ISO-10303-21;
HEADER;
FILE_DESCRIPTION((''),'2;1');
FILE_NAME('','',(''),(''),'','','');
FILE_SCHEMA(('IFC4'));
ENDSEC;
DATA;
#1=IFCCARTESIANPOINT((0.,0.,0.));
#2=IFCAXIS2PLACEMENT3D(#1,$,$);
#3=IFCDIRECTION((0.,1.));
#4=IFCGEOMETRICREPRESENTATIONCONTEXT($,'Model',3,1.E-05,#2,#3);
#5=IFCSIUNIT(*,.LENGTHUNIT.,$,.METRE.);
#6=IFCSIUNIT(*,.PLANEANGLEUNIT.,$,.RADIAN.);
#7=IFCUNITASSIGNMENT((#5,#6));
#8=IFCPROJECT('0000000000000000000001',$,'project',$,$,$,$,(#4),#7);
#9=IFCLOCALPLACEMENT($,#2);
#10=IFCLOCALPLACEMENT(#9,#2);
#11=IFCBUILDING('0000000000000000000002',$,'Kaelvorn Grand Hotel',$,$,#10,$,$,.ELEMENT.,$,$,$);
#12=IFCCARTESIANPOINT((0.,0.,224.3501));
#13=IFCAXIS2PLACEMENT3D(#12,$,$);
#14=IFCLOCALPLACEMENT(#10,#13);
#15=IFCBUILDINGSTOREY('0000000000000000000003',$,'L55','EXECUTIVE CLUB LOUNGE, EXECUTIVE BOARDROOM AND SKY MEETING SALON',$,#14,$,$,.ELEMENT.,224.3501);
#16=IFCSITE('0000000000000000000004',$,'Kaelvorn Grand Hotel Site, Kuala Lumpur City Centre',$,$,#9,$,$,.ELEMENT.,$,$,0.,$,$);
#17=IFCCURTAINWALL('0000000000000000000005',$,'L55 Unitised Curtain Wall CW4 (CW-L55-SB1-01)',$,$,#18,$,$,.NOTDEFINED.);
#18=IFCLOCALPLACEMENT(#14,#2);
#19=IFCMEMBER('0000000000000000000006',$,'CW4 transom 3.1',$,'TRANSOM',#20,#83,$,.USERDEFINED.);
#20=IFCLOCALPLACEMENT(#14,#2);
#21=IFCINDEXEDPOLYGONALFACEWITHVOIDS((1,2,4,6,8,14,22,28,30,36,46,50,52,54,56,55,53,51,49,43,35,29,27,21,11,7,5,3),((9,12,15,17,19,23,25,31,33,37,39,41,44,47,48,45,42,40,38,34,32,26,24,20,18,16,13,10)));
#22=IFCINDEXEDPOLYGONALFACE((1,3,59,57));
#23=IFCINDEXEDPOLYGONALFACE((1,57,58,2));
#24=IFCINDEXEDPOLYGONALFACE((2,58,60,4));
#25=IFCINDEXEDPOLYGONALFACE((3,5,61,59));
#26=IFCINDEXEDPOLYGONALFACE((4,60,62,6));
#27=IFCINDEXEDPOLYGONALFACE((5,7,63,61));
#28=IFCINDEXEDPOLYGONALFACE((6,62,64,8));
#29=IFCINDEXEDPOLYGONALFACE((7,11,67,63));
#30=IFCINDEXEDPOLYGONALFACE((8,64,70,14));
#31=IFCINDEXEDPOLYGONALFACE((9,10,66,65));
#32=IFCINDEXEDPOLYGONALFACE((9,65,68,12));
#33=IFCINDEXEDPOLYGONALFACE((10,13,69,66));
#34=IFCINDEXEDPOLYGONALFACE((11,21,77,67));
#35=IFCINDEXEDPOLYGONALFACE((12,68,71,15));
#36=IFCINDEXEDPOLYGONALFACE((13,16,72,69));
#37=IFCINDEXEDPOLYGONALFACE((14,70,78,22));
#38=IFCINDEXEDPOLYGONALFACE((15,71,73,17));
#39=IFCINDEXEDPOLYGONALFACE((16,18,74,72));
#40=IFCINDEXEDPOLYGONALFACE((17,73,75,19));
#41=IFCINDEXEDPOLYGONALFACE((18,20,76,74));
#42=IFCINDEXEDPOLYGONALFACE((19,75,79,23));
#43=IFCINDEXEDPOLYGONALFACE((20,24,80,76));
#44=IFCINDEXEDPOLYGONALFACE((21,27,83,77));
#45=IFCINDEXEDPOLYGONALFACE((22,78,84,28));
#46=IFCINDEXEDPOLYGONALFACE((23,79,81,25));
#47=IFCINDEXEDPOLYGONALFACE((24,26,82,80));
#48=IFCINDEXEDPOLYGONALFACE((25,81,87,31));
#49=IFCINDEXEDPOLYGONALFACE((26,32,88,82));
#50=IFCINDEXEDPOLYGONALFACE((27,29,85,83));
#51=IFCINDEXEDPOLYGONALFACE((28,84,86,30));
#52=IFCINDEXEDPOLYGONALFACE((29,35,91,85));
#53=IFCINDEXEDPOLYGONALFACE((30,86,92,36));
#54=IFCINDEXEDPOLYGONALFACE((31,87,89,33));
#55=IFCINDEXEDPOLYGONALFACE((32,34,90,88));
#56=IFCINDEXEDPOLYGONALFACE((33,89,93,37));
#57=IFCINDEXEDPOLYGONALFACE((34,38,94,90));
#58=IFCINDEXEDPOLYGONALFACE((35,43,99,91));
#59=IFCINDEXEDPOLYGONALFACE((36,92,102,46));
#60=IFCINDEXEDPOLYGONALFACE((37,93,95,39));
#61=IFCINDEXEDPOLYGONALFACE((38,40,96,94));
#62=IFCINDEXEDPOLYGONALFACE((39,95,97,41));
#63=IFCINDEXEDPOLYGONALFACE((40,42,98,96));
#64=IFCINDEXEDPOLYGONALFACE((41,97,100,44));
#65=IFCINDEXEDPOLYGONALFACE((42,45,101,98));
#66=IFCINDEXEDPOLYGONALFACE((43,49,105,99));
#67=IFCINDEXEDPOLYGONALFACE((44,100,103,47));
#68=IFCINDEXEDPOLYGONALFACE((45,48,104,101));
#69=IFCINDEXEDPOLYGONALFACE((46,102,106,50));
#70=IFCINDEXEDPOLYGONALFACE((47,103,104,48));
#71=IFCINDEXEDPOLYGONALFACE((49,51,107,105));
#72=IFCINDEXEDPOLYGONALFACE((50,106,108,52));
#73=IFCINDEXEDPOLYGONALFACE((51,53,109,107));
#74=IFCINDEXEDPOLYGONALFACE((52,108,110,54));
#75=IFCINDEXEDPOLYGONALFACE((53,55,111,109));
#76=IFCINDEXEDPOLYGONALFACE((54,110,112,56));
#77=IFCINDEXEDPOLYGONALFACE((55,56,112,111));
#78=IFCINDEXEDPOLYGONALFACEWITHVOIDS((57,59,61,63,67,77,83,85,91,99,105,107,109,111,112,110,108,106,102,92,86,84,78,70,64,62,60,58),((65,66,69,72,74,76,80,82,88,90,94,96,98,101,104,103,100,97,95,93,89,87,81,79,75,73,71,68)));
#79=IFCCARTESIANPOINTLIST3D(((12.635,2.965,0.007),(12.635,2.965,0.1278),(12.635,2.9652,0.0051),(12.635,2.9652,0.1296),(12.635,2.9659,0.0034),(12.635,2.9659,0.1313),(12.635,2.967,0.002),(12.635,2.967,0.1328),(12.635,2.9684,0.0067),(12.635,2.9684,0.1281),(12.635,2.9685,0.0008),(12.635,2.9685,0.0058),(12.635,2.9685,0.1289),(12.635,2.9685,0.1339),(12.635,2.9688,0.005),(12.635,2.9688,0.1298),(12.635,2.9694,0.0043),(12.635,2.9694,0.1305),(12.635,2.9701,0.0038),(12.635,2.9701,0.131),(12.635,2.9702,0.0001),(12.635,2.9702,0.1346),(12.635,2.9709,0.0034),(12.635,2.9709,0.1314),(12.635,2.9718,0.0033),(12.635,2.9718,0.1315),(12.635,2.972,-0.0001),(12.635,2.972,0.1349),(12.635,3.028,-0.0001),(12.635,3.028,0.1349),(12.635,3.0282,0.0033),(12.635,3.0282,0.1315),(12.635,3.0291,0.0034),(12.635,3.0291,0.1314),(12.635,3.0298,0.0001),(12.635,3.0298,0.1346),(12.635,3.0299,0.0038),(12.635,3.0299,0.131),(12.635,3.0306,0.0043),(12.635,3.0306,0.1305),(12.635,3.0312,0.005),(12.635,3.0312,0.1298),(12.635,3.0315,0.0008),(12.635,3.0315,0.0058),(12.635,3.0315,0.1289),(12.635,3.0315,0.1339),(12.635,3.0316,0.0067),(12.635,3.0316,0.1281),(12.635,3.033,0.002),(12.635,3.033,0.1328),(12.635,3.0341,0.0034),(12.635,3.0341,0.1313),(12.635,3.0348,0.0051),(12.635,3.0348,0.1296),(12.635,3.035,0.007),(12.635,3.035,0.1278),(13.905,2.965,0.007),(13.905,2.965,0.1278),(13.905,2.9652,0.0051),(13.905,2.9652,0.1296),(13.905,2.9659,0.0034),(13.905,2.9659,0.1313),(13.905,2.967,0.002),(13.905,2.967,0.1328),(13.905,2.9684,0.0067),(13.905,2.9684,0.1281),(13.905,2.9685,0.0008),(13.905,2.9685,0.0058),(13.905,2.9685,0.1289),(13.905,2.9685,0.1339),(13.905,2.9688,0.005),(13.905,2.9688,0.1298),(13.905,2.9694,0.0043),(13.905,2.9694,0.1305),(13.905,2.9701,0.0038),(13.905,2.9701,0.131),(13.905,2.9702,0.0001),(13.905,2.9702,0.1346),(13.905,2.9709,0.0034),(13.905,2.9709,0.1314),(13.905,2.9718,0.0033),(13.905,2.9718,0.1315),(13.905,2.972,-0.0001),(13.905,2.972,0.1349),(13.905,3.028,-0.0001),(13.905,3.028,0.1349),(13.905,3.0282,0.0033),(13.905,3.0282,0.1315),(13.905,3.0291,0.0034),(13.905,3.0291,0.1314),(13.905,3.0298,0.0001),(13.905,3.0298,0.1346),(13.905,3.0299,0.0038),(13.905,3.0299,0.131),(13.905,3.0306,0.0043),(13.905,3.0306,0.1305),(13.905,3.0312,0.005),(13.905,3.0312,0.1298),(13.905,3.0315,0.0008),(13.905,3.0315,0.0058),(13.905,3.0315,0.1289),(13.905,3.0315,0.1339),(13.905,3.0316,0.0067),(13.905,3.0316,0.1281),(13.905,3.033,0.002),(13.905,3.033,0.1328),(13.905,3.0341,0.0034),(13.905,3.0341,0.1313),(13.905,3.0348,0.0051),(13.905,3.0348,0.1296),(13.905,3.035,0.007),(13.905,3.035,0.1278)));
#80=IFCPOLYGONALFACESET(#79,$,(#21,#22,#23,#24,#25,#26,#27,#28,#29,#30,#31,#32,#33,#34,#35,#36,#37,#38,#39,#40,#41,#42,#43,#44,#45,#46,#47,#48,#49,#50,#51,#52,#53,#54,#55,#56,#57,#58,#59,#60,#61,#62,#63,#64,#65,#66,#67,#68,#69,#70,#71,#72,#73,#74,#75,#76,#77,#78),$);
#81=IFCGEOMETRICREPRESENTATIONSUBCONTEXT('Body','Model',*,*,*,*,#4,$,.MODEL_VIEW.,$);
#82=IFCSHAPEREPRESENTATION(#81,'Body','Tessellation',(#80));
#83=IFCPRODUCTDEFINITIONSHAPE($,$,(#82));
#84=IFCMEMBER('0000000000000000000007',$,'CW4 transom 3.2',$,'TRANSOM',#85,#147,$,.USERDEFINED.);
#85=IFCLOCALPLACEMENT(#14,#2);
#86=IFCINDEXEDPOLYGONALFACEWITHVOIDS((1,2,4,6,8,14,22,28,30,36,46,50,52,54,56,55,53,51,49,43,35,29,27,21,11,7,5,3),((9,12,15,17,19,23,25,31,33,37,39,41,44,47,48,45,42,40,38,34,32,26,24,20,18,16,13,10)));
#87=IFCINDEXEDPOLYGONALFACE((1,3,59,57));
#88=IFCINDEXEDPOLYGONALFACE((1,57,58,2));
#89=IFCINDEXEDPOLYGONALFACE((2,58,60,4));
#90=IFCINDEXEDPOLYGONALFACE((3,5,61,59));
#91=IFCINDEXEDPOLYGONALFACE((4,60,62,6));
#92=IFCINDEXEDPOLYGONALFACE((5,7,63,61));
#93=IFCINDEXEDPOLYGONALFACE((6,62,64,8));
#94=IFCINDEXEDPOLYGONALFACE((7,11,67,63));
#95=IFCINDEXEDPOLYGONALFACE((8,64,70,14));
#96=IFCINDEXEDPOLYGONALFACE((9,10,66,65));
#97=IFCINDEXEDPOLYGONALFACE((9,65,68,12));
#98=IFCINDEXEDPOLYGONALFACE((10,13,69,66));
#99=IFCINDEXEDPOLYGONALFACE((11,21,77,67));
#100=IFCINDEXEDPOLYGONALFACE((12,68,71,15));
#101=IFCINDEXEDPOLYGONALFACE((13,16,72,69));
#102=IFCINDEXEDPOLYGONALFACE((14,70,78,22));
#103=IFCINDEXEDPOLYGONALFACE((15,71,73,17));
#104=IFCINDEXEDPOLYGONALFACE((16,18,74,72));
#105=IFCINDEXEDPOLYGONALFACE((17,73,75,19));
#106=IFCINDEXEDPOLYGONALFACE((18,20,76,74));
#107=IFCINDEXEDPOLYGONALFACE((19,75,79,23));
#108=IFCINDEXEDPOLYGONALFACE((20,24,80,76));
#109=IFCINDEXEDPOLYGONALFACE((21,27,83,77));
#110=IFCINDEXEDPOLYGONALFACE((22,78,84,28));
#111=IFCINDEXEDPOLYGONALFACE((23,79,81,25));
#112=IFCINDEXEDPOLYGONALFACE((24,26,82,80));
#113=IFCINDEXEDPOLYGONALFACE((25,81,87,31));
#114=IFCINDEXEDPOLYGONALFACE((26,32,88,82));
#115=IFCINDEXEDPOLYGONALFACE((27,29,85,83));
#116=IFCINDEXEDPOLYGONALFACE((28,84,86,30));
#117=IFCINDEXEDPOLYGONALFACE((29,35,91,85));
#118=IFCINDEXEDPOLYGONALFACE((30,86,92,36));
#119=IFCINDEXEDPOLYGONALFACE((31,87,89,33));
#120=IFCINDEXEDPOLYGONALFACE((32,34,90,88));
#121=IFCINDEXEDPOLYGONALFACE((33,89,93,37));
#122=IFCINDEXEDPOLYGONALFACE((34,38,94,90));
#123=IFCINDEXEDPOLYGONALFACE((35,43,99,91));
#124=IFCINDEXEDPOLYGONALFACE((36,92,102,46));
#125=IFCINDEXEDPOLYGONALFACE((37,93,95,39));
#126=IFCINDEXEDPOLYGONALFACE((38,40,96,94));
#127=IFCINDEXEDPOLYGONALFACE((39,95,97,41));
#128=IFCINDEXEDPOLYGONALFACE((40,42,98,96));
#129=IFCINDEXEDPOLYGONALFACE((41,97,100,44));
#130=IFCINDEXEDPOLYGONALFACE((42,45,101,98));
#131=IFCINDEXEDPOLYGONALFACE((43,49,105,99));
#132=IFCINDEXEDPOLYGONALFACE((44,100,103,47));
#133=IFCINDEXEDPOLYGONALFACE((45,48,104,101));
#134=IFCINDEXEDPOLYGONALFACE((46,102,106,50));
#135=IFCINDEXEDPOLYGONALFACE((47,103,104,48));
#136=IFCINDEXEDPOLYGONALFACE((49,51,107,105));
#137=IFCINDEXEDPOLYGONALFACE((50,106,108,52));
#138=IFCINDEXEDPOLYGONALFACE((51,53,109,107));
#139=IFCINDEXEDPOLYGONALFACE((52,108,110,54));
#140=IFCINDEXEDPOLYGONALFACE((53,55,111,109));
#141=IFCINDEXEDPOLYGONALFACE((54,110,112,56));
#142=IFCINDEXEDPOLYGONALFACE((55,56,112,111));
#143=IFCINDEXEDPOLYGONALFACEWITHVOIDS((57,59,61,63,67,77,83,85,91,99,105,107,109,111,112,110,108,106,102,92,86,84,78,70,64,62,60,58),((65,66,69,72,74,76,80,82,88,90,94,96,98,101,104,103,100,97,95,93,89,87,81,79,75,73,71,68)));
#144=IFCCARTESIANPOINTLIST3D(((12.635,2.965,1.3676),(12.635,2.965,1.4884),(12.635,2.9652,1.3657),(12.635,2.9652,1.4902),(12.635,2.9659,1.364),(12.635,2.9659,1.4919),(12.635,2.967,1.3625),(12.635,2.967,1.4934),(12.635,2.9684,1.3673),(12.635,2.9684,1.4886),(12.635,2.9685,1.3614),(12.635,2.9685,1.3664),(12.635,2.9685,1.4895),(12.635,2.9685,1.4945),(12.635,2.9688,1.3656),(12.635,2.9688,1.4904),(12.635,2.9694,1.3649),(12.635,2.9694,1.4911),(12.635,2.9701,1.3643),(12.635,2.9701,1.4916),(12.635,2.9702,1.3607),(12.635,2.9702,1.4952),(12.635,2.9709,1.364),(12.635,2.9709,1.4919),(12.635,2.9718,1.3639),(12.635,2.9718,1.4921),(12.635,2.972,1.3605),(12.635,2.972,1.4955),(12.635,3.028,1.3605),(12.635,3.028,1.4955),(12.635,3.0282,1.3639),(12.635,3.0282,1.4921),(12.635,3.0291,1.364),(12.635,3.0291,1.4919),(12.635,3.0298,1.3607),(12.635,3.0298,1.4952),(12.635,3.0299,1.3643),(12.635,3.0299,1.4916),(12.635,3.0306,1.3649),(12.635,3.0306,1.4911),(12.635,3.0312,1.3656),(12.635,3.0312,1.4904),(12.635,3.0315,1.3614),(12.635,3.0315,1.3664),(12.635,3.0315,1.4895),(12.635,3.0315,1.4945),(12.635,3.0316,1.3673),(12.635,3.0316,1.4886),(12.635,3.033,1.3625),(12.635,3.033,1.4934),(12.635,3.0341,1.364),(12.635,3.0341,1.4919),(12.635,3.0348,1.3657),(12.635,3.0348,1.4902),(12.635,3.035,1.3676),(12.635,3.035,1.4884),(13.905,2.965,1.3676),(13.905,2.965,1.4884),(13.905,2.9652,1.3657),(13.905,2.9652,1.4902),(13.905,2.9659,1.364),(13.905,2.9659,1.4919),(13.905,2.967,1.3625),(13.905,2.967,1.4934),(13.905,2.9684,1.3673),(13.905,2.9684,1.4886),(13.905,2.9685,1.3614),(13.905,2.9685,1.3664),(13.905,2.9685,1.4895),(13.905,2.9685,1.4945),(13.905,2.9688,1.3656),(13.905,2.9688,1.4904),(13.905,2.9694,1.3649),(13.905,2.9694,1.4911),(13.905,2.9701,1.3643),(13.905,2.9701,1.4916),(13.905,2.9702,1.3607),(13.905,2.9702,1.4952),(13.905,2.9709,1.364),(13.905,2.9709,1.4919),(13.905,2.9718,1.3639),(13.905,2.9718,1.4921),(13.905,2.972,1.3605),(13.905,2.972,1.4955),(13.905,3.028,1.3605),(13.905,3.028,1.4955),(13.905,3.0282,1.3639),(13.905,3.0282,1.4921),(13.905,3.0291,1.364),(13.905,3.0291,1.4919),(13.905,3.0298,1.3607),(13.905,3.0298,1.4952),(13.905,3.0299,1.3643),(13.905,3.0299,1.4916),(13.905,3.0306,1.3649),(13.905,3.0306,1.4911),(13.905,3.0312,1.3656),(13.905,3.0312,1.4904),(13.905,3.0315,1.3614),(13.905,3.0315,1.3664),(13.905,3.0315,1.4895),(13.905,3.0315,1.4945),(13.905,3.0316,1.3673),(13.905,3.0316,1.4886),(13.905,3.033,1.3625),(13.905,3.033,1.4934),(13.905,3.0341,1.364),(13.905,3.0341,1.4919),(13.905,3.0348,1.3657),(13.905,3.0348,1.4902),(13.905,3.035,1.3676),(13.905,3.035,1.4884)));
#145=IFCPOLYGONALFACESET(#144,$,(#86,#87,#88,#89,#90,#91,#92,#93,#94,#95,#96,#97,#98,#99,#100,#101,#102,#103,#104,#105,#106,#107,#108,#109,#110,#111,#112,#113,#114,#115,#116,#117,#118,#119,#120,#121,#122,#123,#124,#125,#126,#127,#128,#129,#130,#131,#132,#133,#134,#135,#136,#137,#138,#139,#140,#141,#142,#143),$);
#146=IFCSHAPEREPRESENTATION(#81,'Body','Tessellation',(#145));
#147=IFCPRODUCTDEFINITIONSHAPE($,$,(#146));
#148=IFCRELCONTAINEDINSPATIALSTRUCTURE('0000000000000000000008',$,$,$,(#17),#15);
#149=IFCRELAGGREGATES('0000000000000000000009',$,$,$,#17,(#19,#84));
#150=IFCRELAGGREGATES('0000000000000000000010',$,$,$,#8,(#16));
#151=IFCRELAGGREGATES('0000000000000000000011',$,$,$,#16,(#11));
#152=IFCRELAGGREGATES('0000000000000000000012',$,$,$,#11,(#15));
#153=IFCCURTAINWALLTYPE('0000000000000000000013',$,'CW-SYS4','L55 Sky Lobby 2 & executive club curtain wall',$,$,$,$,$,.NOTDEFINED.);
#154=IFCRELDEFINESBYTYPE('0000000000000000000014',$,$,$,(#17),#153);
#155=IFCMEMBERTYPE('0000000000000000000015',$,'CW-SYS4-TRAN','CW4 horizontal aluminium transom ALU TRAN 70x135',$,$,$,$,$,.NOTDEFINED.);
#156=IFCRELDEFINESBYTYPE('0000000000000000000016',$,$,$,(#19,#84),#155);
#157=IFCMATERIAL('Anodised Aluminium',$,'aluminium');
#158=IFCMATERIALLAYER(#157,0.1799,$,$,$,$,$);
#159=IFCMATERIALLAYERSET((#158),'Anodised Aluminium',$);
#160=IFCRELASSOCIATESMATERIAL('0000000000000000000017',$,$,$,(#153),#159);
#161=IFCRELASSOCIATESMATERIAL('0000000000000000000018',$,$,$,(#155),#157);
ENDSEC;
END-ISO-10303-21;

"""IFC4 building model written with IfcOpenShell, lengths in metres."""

from ifc_helpers import new_model, si_unit, direction, frame, origin, origin_2d, place, context, subcontext, project, spatial, hollow_rectangle, extrude, material, layer, layer_set, material_profile, profile_set, type_object, element, aggregate, save


model = new_model("IFC4")

# Units and contexts
model_context = context("Model", 3, precision=1e-05, world=origin(), true_north=direction((0.0, 1.0)))
body_context = subcontext(model_context, "Body", "Model", "MODEL_VIEW")
ifc_project = project(units=[si_unit("LENGTHUNIT", "METRE"), si_unit("PLANEANGLEUNIT", "RADIAN")], contexts=[model_context])

# Site, building, storey
site_placement = place(None, origin())
site = spatial("IfcSite", under=ifc_project, at=site_placement, Name="Kaelvorn Grand Hotel Site, Kuala Lumpur City Centre", CompositionType="ELEMENT", RefElevation=0.0)
building_placement = place(site_placement, origin())
building = spatial("IfcBuilding", under=site, at=building_placement, Name="Kaelvorn Grand Hotel", CompositionType="ELEMENT")
storey_placement = place(building_placement, frame((0.0, 0.0, 224.3501)))
storey = spatial("IfcBuildingStorey", under=building, at=storey_placement, Name="L55", Description="EXECUTIVE CLUB LOUNGE, EXECUTIVE BOARDROOM AND SKY MEETING SALON", CompositionType="ELEMENT", Elevation=224.3501)

# Curtain wall, members
ifc_material_1 = material(Name="Anodised Aluminium", Category="aluminium")
ifc_layer_1 = layer(ifc_material_1, 0.1799)
ifc_layer_set_1 = layer_set([ifc_layer_1], Name="Anodised Aluminium")
curtain_wall_type = type_object("IfcCurtainWallType", Name="CW-SYS4", Description="L55 Sky Lobby 2 & executive club curtain wall", PredefinedType="NOTDEFINED", material=ifc_layer_set_1)
curtain_wall_placement = place(storey_placement, origin())
curtain_wall = element("IfcCurtainWall", 1, at=curtain_wall_placement, inside=storey, type_object=curtain_wall_type, Name="L55 Unitised Curtain Wall CW4 (CW-L55-SB1-01)", PredefinedType="NOTDEFINED")
ifc_material_profile_1 = material_profile(ifc_material_1, hollow_rectangle(XDim=0.0701, YDim=0.135, WallThickness=0.0034, InnerFilletRadius=0.0034, OuterFilletRadius=0.0071, at=origin_2d()), Name="ALU TRAN 70x135")
ifc_profile_set_1 = profile_set([ifc_material_profile_1], Name="Anodised Aluminium")
member_type_1 = type_object("IfcMemberType", Name="CW-SYS4-TRAN", Description="CW4 horizontal aluminium transom ALU TRAN 70x135", PredefinedType="NOTDEFINED", material=ifc_profile_set_1)
member_1_placement = place(storey_placement, frame((12.635, 3.0, 0.0674), z_axis=(1.0, 0.0, 0.0), x_axis=(0.0, 1.0, 0.0)))
member_1 = element("IfcMember", 2, at=member_1_placement, type_object=member_type_1, Name="CW4 transom 3.1", ObjectType="TRANSOM", PredefinedType="USERDEFINED", context=body_context, shape_type="SweptSolid", body=[
    extrude(hollow_rectangle(XDim=0.0701, YDim=0.135, WallThickness=0.0034, InnerFilletRadius=0.0034, OuterFilletRadius=0.0071, at=origin_2d()), origin(), (0.0, 0.0, 1.0), 1.27),
])
member_2_placement = place(storey_placement, frame((12.635, 3.0, 1.428), z_axis=(1.0, 0.0, 0.0), x_axis=(0.0, 1.0, 0.0)))
member_2 = element("IfcMember", 3, at=member_2_placement, type_object=member_type_1, Name="CW4 transom 3.2", ObjectType="TRANSOM", PredefinedType="USERDEFINED", context=body_context, shape_type="SweptSolid", body=[
    extrude(hollow_rectangle(XDim=0.0701, YDim=0.135, WallThickness=0.0034, InnerFilletRadius=0.0034, OuterFilletRadius=0.0071, at=origin_2d()), origin(), (0.0, 0.0, 1.0), 1.27),
])
aggregate(curtain_wall, [member_1, member_2])

save(model, "model.ifc")
